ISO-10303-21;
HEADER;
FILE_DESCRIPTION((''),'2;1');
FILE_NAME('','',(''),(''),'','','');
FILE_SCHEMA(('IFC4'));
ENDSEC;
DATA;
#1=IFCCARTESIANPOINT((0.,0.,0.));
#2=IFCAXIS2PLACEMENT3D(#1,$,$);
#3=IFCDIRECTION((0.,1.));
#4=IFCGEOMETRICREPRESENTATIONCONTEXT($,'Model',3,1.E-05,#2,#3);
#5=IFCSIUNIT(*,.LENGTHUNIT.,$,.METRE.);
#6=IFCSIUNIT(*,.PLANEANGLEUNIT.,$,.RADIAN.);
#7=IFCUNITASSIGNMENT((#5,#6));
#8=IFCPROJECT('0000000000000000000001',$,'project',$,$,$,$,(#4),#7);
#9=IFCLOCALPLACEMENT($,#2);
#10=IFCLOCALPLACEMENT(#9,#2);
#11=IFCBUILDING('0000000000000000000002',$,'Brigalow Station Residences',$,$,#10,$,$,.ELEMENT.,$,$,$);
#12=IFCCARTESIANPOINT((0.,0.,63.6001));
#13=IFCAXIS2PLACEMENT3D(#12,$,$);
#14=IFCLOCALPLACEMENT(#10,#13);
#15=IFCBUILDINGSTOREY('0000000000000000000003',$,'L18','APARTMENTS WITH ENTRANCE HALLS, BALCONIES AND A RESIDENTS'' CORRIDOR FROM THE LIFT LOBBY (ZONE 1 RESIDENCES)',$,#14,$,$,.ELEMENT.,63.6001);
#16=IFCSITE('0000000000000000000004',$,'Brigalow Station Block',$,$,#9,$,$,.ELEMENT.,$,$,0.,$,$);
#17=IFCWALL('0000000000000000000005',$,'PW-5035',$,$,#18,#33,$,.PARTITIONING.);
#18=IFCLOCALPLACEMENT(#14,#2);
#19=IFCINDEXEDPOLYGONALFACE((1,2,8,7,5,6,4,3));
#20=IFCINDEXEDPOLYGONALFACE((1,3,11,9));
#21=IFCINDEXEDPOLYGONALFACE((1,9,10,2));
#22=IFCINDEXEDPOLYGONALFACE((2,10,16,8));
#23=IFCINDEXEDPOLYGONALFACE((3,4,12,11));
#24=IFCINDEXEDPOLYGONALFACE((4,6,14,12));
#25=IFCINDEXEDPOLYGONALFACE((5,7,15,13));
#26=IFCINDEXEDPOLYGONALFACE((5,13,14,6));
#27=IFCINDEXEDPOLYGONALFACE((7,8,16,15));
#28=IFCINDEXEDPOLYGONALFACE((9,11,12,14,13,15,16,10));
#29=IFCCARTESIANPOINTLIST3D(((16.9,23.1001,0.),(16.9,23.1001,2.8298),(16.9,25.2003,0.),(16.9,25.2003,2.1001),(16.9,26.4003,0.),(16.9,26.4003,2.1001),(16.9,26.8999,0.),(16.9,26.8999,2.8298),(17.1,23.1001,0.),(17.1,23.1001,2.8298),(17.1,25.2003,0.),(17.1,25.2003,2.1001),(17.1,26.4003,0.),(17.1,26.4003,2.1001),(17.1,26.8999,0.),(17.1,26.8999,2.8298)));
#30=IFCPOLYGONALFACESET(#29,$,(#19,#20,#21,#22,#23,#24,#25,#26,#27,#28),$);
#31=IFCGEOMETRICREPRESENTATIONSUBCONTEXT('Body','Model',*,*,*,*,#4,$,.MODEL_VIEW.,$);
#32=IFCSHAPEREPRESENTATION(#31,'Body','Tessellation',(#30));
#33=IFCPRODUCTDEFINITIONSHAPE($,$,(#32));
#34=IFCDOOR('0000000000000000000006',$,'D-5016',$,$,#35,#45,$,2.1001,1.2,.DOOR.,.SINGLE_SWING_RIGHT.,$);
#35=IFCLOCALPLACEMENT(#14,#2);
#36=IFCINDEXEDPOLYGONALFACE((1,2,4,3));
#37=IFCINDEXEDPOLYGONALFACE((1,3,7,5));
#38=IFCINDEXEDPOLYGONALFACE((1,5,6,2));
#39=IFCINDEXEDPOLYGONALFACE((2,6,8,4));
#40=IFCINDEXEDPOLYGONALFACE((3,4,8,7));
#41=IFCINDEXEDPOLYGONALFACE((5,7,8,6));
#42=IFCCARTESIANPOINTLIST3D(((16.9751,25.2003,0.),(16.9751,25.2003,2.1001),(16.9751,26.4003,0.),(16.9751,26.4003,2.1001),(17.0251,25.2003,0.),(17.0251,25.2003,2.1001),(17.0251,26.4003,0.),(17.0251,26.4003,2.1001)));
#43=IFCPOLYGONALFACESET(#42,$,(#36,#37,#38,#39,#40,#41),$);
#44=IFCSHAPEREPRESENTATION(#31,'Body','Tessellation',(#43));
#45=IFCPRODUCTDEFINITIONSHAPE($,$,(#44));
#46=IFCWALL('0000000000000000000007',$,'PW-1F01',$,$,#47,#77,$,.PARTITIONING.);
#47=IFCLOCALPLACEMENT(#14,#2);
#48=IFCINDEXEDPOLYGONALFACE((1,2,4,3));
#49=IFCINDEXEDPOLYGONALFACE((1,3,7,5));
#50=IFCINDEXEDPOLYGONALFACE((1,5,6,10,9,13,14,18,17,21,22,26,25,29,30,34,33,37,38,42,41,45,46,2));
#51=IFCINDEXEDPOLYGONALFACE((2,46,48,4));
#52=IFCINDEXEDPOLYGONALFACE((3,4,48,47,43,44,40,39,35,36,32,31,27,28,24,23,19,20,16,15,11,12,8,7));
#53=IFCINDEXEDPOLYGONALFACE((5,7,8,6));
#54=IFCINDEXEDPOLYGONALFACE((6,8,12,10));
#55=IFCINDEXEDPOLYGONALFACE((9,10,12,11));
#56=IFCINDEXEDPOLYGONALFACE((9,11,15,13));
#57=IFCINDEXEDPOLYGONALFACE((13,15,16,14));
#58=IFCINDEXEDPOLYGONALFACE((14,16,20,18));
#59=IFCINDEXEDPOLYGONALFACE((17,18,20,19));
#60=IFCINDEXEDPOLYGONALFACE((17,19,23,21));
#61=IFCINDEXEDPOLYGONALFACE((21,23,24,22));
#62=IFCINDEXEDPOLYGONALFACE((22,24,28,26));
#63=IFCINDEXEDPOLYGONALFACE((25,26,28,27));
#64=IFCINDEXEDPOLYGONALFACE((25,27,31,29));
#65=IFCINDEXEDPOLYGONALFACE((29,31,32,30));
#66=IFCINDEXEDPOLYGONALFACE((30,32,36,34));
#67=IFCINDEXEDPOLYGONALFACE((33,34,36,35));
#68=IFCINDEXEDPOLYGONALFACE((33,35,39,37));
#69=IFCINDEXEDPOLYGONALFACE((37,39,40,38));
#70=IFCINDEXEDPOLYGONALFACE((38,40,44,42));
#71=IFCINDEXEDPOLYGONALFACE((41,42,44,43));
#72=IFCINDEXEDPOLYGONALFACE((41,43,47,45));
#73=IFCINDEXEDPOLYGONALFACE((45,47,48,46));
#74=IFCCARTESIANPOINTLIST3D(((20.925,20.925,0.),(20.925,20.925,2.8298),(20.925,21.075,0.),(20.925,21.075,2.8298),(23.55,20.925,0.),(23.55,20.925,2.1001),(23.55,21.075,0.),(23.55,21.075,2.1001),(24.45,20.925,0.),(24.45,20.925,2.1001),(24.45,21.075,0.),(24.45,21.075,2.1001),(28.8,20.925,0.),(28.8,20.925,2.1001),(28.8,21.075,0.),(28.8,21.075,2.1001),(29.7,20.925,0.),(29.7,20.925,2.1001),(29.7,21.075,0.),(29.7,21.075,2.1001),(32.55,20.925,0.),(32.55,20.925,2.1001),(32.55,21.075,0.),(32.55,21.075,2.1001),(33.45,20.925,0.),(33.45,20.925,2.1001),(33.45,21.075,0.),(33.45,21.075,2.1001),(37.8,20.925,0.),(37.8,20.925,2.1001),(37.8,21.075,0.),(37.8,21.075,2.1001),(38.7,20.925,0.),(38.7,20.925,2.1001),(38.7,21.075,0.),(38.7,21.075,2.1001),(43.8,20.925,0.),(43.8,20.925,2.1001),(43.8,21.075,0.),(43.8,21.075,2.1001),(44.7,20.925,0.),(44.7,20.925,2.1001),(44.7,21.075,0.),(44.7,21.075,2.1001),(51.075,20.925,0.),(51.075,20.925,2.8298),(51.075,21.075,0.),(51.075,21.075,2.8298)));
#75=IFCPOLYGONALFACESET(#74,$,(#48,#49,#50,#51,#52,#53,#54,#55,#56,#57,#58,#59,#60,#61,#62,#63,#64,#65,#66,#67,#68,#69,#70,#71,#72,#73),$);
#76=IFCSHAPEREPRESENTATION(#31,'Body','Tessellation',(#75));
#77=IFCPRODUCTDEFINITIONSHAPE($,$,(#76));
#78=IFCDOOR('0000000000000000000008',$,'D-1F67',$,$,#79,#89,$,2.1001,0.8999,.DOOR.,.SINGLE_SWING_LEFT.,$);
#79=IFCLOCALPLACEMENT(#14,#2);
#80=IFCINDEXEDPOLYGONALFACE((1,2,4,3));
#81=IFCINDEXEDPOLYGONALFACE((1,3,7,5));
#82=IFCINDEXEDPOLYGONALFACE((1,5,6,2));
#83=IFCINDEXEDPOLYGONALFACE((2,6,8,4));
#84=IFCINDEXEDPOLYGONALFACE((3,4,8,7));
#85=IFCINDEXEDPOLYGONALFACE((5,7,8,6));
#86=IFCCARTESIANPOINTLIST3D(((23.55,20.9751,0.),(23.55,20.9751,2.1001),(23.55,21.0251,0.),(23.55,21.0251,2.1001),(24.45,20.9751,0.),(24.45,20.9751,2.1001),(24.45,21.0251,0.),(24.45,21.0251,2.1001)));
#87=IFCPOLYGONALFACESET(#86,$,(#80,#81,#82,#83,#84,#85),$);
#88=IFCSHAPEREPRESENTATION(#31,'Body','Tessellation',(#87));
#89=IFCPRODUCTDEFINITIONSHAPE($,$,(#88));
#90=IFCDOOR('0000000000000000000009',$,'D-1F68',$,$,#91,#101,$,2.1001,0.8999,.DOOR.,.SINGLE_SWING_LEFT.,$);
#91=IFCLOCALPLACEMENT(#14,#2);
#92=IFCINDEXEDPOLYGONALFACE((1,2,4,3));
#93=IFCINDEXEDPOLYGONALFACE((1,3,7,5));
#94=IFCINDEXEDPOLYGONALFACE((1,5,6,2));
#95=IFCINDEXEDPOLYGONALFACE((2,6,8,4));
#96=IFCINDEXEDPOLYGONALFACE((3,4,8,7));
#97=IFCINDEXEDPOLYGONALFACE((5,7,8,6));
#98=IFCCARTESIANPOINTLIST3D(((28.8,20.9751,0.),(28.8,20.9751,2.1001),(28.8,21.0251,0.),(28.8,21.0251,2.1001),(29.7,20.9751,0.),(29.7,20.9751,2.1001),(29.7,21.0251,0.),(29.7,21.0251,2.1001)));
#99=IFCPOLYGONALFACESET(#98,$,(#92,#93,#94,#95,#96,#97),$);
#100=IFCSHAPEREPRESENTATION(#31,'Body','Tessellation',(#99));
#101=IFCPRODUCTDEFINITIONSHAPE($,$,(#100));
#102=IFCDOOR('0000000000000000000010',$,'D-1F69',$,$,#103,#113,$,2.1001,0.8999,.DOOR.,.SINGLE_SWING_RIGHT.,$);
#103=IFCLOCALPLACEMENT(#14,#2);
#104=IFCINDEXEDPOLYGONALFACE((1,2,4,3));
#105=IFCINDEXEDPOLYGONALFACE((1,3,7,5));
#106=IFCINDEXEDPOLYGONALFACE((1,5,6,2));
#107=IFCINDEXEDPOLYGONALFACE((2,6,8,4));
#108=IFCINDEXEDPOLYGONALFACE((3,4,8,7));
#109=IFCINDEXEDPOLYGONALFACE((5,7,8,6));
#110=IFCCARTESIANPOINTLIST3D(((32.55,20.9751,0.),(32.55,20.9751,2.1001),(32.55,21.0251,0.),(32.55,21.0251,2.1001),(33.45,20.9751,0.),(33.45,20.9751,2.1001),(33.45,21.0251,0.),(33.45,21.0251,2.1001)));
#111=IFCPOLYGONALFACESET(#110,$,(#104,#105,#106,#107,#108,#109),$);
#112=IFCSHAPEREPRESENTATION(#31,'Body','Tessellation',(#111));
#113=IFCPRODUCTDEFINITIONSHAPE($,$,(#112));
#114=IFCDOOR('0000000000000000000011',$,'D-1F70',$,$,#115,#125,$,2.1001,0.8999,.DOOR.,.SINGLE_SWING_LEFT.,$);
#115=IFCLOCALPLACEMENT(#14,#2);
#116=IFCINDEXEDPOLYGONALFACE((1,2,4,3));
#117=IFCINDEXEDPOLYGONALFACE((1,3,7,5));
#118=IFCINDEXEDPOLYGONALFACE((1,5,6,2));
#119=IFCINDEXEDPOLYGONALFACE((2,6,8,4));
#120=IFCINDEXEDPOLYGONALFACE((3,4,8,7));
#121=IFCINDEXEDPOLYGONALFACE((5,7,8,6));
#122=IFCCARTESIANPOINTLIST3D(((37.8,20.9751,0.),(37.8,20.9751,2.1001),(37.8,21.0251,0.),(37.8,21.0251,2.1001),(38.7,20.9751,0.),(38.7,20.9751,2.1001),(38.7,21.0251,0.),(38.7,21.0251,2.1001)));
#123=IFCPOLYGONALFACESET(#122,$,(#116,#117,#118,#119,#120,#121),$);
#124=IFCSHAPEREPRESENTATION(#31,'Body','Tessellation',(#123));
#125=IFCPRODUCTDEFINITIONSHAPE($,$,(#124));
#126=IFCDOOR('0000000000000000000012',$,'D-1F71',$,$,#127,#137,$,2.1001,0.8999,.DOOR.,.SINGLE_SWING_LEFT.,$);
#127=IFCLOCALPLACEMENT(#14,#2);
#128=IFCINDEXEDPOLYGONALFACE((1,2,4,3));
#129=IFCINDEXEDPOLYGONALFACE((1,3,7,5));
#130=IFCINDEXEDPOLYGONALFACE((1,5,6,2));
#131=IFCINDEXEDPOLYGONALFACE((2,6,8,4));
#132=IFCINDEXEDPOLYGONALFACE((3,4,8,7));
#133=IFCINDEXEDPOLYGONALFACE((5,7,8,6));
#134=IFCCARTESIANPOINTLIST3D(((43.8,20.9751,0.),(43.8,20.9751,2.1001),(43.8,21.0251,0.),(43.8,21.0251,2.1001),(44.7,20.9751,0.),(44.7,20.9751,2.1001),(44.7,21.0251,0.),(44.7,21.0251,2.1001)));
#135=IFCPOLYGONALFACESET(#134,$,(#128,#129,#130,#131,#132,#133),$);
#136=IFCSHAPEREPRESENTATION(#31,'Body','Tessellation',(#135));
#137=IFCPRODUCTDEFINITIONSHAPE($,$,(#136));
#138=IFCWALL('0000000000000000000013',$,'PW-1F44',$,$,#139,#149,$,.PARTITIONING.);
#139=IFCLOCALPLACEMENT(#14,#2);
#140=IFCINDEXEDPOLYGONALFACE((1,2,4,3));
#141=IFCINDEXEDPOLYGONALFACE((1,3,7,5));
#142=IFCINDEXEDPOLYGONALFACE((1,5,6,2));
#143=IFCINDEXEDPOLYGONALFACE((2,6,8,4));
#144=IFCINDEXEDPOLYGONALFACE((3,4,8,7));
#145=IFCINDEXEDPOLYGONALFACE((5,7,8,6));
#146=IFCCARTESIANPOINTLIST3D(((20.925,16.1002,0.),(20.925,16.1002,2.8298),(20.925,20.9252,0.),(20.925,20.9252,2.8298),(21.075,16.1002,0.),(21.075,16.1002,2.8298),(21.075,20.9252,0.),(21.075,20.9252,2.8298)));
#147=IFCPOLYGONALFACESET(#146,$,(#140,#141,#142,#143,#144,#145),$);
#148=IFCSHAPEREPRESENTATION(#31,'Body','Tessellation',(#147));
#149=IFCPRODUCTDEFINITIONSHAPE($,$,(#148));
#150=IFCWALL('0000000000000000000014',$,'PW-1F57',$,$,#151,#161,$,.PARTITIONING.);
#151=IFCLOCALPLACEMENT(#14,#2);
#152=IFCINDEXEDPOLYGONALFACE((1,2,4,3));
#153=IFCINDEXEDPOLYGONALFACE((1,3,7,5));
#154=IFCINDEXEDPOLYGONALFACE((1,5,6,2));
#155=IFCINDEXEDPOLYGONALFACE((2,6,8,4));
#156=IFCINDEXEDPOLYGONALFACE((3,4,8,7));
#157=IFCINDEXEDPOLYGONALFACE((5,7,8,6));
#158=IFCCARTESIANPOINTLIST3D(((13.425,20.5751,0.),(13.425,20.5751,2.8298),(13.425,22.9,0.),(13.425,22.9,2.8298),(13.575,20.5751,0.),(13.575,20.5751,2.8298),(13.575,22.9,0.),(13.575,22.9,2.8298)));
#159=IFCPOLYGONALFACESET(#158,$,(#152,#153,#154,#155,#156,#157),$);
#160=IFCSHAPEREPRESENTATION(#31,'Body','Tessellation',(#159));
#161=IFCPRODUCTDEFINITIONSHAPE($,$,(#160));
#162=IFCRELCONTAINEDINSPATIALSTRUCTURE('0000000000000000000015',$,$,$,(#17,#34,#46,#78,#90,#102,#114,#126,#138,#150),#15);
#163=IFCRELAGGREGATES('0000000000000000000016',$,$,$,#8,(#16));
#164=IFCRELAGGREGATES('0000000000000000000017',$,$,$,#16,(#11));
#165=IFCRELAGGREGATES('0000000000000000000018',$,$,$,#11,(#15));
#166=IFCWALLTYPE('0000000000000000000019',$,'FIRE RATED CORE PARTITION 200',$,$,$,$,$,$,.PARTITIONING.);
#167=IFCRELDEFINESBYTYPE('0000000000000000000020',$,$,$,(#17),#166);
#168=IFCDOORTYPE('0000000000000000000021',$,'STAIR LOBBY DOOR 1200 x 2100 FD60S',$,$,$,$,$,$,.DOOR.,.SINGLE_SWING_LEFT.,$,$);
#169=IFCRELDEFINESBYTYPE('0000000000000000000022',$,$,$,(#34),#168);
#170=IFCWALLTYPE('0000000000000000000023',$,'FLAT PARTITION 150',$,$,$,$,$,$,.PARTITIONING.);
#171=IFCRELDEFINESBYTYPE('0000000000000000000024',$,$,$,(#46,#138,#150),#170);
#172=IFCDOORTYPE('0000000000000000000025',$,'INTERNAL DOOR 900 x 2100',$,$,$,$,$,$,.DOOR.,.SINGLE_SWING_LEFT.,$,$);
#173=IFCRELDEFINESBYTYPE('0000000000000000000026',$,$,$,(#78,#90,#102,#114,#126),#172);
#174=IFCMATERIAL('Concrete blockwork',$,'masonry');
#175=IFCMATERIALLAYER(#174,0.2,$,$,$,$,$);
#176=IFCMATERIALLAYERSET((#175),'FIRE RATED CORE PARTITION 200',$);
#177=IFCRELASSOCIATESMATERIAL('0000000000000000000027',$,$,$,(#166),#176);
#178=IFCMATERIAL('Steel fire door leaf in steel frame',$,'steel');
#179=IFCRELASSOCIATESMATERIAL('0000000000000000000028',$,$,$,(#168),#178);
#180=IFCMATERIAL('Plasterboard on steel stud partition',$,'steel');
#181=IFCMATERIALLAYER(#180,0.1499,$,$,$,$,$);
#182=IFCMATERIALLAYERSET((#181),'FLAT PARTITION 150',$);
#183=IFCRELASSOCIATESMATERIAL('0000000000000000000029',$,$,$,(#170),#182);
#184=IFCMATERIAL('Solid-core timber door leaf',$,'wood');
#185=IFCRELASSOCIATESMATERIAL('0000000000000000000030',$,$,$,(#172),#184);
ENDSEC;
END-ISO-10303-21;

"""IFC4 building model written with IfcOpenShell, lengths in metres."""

from ifc_helpers import new_model, si_unit, direction, frame, frame_2d, origin, place, context, subcontext, project, spatial, rectangle, extrude, material, layer, layer_set, type_object, element, fill, save


model = new_model("IFC4")

# Units and contexts
model_context = context("Model", 3, precision=1e-05, world=origin(), true_north=direction((0.0, 1.0)))
body_context = subcontext(model_context, "Body", "Model", "MODEL_VIEW")
ifc_project = project(units=[si_unit("LENGTHUNIT", "METRE"), si_unit("PLANEANGLEUNIT", "RADIAN")], contexts=[model_context])

# Site, building, storey
site_placement = place(None, origin())
site = spatial("IfcSite", under=ifc_project, at=site_placement, Name="Brigalow Station Block", CompositionType="ELEMENT", RefElevation=0.0)
building_placement = place(site_placement, origin())
building = spatial("IfcBuilding", under=site, at=building_placement, Name="Brigalow Station Residences", CompositionType="ELEMENT")
storey_placement = place(building_placement, frame((0.0, 0.0, 63.6001)))
storey = spatial("IfcBuildingStorey", under=building, at=storey_placement, Name="L18", Description="APARTMENTS WITH ENTRANCE HALLS, BALCONIES AND A RESIDENTS' CORRIDOR FROM THE LIFT LOBBY (ZONE 1 RESIDENCES)", CompositionType="ELEMENT", Elevation=63.6001)

# Wall, opening, door
ifc_material_1 = material(Name="Concrete blockwork", Category="masonry")
ifc_layer_1 = layer(ifc_material_1, 0.2)
ifc_layer_set_1 = layer_set([ifc_layer_1], Name="FIRE RATED CORE PARTITION 200")
wall_type_1 = type_object("IfcWallType", Name="FIRE RATED CORE PARTITION 200", PredefinedType="PARTITIONING", material=ifc_layer_set_1)
wall_1_placement = place(storey_placement, frame((17.0, 23.1001, 0.0), z_axis=(0.0, 0.0, 1.0), x_axis=(0.0, 1.0, 0.0)))
wall_1 = element("IfcWall", 1, at=wall_1_placement, inside=storey, type_object=wall_type_1, Name="PW-5035", PredefinedType="PARTITIONING", context=body_context, shape_type="SweptSolid", body=[
    extrude(rectangle(XDim=3.7998, YDim=0.2, at=frame_2d((1.8999, 0.0))), origin(), (0.0, 0.0, 1.0), 2.8298),
])
opening_1_placement = place(wall_1_placement, frame((2.1001, 0.0, 0.0)))
opening_1 = element("IfcOpeningElement", 2, at=opening_1_placement, cuts=wall_1, PredefinedType="OPENING", context=body_context, shape_type="SweptSolid", body=[
    extrude(rectangle(XDim=1.2, YDim=2.1001, at=frame_2d((0.6001, 1.05))), frame((0.0, 0.1099, 0.0), z_axis=(0.0, -1.0, 0.0), x_axis=(1.0, 0.0, 0.0)), (0.0, 0.0, 1.0), 0.22),
])
ifc_material_2 = material(Name="Steel fire door leaf in steel frame", Category="steel")
door_type_1 = type_object("IfcDoorType", Name="STAIR LOBBY DOOR 1200 x 2100 FD60S", OperationType="SINGLE_SWING_LEFT", PredefinedType="DOOR", material=ifc_material_2)
door_1_placement = place(opening_1_placement, origin())
door_1 = element("IfcDoor", 3, at=door_1_placement, inside=storey, type_object=door_type_1, Name="D-5016", OperationType="SINGLE_SWING_RIGHT", OverallHeight=2.1001, OverallWidth=1.2, PredefinedType="DOOR", context=body_context, shape_type="SweptSolid", body=[
    extrude(rectangle(XDim=1.2, YDim=2.1001, at=frame_2d((0.6001, 1.05))), frame((0.0, 0.0249, 0.0), z_axis=(0.0, -1.0, 0.0), x_axis=(1.0, 0.0, 0.0)), (0.0, 0.0, 1.0), 0.05),
])
fill(opening_1, door_1)

# Wall, openings, doors
ifc_material_3 = material(Name="Plasterboard on steel stud partition", Category="steel")
ifc_layer_2 = layer(ifc_material_3, 0.1499)
ifc_layer_set_2 = layer_set([ifc_layer_2], Name="FLAT PARTITION 150")
wall_type_2 = type_object("IfcWallType", Name="FLAT PARTITION 150", PredefinedType="PARTITIONING", material=ifc_layer_set_2)
wall_2_placement = place(storey_placement, frame((20.925, 21.0, 0.0), z_axis=(0.0, 0.0, 1.0), x_axis=(1.0, 0.0, 0.0)))
wall_2 = element("IfcWall", 4, at=wall_2_placement, inside=storey, type_object=wall_type_2, Name="PW-1F01", PredefinedType="PARTITIONING", context=body_context, shape_type="SweptSolid", body=[
    extrude(rectangle(XDim=30.1499, YDim=0.1499, at=frame_2d((15.075, 0.0))), origin(), (0.0, 0.0, 1.0), 2.8298),
])
opening_2_placement = place(wall_2_placement, frame((2.625, 0.0, 0.0)))
opening_2 = element("IfcOpeningElement", 5, at=opening_2_placement, cuts=wall_2, PredefinedType="OPENING", context=body_context, shape_type="SweptSolid", body=[
    extrude(rectangle(XDim=0.8999, YDim=2.1001, at=frame_2d((0.45, 1.05))), frame((0.0, 0.085, 0.0), z_axis=(0.0, -1.0, 0.0), x_axis=(1.0, 0.0, 0.0)), (0.0, 0.0, 1.0), 0.1699),
])
opening_3_placement = place(wall_2_placement, frame((7.875, 0.0, 0.0)))
opening_3 = element("IfcOpeningElement", 6, at=opening_3_placement, cuts=wall_2, PredefinedType="OPENING", context=body_context, shape_type="SweptSolid", body=[
    extrude(rectangle(XDim=0.8999, YDim=2.1001, at=frame_2d((0.45, 1.05))), frame((0.0, 0.085, 0.0), z_axis=(0.0, -1.0, 0.0), x_axis=(1.0, 0.0, 0.0)), (0.0, 0.0, 1.0), 0.1699),
])
opening_4_placement = place(wall_2_placement, frame((11.625, 0.0, 0.0)))
opening_4 = element("IfcOpeningElement", 7, at=opening_4_placement, cuts=wall_2, PredefinedType="OPENING", context=body_context, shape_type="SweptSolid", body=[
    extrude(rectangle(XDim=0.8999, YDim=2.1001, at=frame_2d((0.45, 1.05))), frame((0.0, 0.085, 0.0), z_axis=(0.0, -1.0, 0.0), x_axis=(1.0, 0.0, 0.0)), (0.0, 0.0, 1.0), 0.1699),
])
opening_5_placement = place(wall_2_placement, frame((16.875, 0.0, 0.0)))
opening_5 = element("IfcOpeningElement", 8, at=opening_5_placement, cuts=wall_2, PredefinedType="OPENING", context=body_context, shape_type="SweptSolid", body=[
    extrude(rectangle(XDim=0.8999, YDim=2.1001, at=frame_2d((0.45, 1.05))), frame((0.0, 0.085, 0.0), z_axis=(0.0, -1.0, 0.0), x_axis=(1.0, 0.0, 0.0)), (0.0, 0.0, 1.0), 0.1699),
])
opening_6_placement = place(wall_2_placement, frame((22.875, 0.0, 0.0)))
opening_6 = element("IfcOpeningElement", 9, at=opening_6_placement, cuts=wall_2, PredefinedType="OPENING", context=body_context, shape_type="SweptSolid", body=[
    extrude(rectangle(XDim=0.8999, YDim=2.1001, at=frame_2d((0.45, 1.05))), frame((0.0, 0.085, 0.0), z_axis=(0.0, -1.0, 0.0), x_axis=(1.0, 0.0, 0.0)), (0.0, 0.0, 1.0), 0.1699),
])
ifc_material_4 = material(Name="Solid-core timber door leaf", Category="wood")
door_type_2 = type_object("IfcDoorType", Name="INTERNAL DOOR 900 x 2100", OperationType="SINGLE_SWING_LEFT", PredefinedType="DOOR", material=ifc_material_4)
door_2_placement = place(opening_2_placement, frame((0.8999, 0.0, 0.0), z_axis=(0.0, 0.0, 1.0), x_axis=(-1.0, 0.0, 0.0)))
door_2 = element("IfcDoor", 10, at=door_2_placement, inside=storey, type_object=door_type_2, Name="D-1F67", OperationType="SINGLE_SWING_LEFT", OverallHeight=2.1001, OverallWidth=0.8999, PredefinedType="DOOR", context=body_context, shape_type="SweptSolid", body=[
    extrude(rectangle(XDim=0.8999, YDim=2.1001, at=frame_2d((0.45, 1.05))), frame((0.0, 0.0249, 0.0), z_axis=(0.0, -1.0, 0.0), x_axis=(1.0, 0.0, 0.0)), (0.0, 0.0, 1.0), 0.05),
])
fill(opening_2, door_2)
door_3_placement = place(opening_3_placement, frame((0.8999, 0.0, 0.0), z_axis=(0.0, 0.0, 1.0), x_axis=(-1.0, 0.0, 0.0)))
door_3 = element("IfcDoor", 11, at=door_3_placement, inside=storey, type_object=door_type_2, Name="D-1F68", OperationType="SINGLE_SWING_LEFT", OverallHeight=2.1001, OverallWidth=0.8999, PredefinedType="DOOR", context=body_context, shape_type="SweptSolid", body=[
    extrude(rectangle(XDim=0.8999, YDim=2.1001, at=frame_2d((0.45, 1.05))), frame((0.0, 0.0249, 0.0), z_axis=(0.0, -1.0, 0.0), x_axis=(1.0, 0.0, 0.0)), (0.0, 0.0, 1.0), 0.05),
])
fill(opening_3, door_3)
door_4_placement = place(opening_4_placement, frame((0.8999, 0.0, 0.0), z_axis=(0.0, 0.0, 1.0), x_axis=(-1.0, 0.0, 0.0)))
door_4 = element("IfcDoor", 12, at=door_4_placement, inside=storey, type_object=door_type_2, Name="D-1F69", OperationType="SINGLE_SWING_RIGHT", OverallHeight=2.1001, OverallWidth=0.8999, PredefinedType="DOOR", context=body_context, shape_type="SweptSolid", body=[
    extrude(rectangle(XDim=0.8999, YDim=2.1001, at=frame_2d((0.45, 1.05))), frame((0.0, 0.0249, 0.0), z_axis=(0.0, -1.0, 0.0), x_axis=(1.0, 0.0, 0.0)), (0.0, 0.0, 1.0), 0.05),
])
fill(opening_4, door_4)
door_5_placement = place(opening_5_placement, frame((0.8999, 0.0, 0.0), z_axis=(0.0, 0.0, 1.0), x_axis=(-1.0, 0.0, 0.0)))
door_5 = element("IfcDoor", 13, at=door_5_placement, inside=storey, type_object=door_type_2, Name="D-1F70", OperationType="SINGLE_SWING_LEFT", OverallHeight=2.1001, OverallWidth=0.8999, PredefinedType="DOOR", context=body_context, shape_type="SweptSolid", body=[
    extrude(rectangle(XDim=0.8999, YDim=2.1001, at=frame_2d((0.45, 1.05))), frame((0.0, 0.0249, 0.0), z_axis=(0.0, -1.0, 0.0), x_axis=(1.0, 0.0, 0.0)), (0.0, 0.0, 1.0), 0.05),
])
fill(opening_5, door_5)
door_6_placement = place(opening_6_placement, frame((0.8999, 0.0, 0.0), z_axis=(0.0, 0.0, 1.0), x_axis=(-1.0, 0.0, 0.0)))
door_6 = element("IfcDoor", 14, at=door_6_placement, inside=storey, type_object=door_type_2, Name="D-1F71", OperationType="SINGLE_SWING_LEFT", OverallHeight=2.1001, OverallWidth=0.8999, PredefinedType="DOOR", context=body_context, shape_type="SweptSolid", body=[
    extrude(rectangle(XDim=0.8999, YDim=2.1001, at=frame_2d((0.45, 1.05))), frame((0.0, 0.0249, 0.0), z_axis=(0.0, -1.0, 0.0), x_axis=(1.0, 0.0, 0.0)), (0.0, 0.0, 1.0), 0.05),
])
fill(opening_6, door_6)

# Walls
wall_3_placement = place(storey_placement, frame((21.0, 16.1001, 0.0), z_axis=(0.0, 0.0, 1.0), x_axis=(0.0, 1.0, 0.0)))
element("IfcWall", 15, at=wall_3_placement, inside=storey, type_object=wall_type_2, Name="PW-1F44", PredefinedType="PARTITIONING", context=body_context, shape_type="SweptSolid", body=[
    extrude(rectangle(XDim=4.825, YDim=0.1499, at=frame_2d((2.4126, 0.0))), origin(), (0.0, 0.0, 1.0), 2.8298),
])
wall_4_placement = place(storey_placement, frame((13.5, 20.575, 0.0), z_axis=(0.0, 0.0, 1.0), x_axis=(0.0, 1.0, 0.0)))
element("IfcWall", 16, at=wall_4_placement, inside=storey, type_object=wall_type_2, Name="PW-1F57", PredefinedType="PARTITIONING", context=body_context, shape_type="SweptSolid", body=[
    extrude(rectangle(XDim=2.325, YDim=0.1499, at=frame_2d((1.1626, 0.0))), origin(), (0.0, 0.0, 1.0), 2.8298),
])

save(model, "model.ifc")
